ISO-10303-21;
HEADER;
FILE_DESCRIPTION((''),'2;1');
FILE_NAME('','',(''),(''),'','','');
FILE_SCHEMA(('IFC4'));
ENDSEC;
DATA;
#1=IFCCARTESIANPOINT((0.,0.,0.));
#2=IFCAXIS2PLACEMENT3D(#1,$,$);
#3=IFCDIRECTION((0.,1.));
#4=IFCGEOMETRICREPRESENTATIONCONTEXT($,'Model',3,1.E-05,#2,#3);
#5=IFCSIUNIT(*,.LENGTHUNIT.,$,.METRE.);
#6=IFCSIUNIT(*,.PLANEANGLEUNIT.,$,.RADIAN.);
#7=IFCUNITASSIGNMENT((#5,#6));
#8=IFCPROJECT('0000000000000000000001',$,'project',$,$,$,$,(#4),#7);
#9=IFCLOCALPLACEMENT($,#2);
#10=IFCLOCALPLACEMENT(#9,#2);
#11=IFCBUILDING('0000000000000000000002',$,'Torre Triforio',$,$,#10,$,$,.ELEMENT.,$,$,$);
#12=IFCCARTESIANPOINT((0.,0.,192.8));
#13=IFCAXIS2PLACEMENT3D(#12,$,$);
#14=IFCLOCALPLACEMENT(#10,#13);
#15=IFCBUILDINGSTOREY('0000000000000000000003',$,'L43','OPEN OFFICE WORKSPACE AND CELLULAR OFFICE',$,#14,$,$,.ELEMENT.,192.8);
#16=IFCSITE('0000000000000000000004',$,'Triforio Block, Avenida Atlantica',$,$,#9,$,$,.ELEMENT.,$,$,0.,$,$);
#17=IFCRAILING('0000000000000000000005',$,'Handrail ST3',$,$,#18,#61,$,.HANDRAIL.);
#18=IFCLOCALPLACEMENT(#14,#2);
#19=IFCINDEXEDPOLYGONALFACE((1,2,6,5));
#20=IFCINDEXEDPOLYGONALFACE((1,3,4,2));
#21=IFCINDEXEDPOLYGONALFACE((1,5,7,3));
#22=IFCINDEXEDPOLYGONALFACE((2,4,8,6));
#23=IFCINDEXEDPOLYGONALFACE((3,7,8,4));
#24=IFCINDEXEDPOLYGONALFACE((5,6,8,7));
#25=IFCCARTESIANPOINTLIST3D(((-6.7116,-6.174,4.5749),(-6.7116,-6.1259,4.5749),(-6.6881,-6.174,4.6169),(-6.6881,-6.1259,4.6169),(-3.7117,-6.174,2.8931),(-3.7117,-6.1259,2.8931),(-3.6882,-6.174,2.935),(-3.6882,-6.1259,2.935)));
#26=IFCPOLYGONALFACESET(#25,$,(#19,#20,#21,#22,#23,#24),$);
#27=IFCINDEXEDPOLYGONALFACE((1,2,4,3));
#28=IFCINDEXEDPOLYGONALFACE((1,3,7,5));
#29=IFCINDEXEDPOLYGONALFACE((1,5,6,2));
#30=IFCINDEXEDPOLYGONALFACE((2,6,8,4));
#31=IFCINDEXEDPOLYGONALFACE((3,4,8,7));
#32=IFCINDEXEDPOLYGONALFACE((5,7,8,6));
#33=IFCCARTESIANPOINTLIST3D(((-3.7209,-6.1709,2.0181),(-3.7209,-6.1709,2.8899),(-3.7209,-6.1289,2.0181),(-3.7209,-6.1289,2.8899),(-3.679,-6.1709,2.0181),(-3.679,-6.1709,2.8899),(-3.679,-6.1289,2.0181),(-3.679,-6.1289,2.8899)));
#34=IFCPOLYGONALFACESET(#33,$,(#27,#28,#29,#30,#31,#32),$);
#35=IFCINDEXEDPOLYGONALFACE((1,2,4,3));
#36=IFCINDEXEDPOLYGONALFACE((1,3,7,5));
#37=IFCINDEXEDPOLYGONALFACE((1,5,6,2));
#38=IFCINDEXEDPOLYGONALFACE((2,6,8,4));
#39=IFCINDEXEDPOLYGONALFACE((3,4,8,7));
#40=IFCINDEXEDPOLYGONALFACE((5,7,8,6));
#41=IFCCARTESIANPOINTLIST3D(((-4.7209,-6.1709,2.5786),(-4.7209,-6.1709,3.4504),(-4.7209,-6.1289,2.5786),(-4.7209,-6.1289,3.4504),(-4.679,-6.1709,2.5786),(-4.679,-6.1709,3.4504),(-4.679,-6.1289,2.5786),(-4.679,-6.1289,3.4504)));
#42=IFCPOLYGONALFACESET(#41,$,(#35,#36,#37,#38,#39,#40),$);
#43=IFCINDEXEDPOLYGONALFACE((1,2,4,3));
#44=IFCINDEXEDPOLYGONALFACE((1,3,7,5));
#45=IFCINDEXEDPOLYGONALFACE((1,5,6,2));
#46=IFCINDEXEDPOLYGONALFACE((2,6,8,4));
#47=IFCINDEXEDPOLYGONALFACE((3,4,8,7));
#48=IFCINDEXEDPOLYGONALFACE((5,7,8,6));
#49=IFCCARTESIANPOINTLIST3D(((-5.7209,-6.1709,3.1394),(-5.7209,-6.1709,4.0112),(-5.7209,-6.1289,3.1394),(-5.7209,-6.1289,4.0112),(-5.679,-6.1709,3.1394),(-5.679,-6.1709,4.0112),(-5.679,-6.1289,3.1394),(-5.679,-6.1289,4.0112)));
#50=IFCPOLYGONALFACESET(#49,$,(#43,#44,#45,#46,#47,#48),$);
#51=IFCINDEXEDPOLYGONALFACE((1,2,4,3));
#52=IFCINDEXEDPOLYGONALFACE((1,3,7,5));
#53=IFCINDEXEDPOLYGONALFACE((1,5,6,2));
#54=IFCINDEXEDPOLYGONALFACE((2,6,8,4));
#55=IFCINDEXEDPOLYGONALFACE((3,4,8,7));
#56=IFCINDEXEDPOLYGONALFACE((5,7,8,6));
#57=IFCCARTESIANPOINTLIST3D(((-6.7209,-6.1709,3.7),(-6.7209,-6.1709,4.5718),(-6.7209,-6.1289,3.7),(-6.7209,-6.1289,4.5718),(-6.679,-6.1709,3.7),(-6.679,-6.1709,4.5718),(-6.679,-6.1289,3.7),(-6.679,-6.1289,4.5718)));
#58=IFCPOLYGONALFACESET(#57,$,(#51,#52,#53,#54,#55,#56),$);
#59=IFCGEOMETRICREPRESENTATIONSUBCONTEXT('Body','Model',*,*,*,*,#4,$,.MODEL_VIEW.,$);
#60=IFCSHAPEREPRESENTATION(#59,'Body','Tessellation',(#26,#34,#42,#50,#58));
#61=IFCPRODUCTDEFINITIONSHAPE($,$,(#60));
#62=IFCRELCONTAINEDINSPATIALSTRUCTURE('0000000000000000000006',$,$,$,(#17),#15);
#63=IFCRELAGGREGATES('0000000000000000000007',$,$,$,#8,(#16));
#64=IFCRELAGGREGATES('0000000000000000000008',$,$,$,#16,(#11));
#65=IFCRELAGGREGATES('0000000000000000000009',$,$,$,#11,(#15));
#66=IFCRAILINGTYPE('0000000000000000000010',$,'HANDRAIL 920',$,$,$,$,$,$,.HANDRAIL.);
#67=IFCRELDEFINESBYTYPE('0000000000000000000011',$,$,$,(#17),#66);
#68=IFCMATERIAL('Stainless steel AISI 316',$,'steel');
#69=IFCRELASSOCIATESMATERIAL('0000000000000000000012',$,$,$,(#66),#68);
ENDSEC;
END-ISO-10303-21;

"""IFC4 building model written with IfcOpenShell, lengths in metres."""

from ifc_helpers import new_model, si_unit, direction, frame, origin, origin_2d, place, context, subcontext, project, spatial, rectangle, extrude, material, type_object, element, save


model = new_model("IFC4")

# Units and contexts
model_context = context("Model", 3, precision=1e-05, world=origin(), true_north=direction((0.0, 1.0)))
body_context = subcontext(model_context, "Body", "Model", "MODEL_VIEW")
ifc_project = project(units=[si_unit("LENGTHUNIT", "METRE"), si_unit("PLANEANGLEUNIT", "RADIAN")], contexts=[model_context])

# Site, building, storey
site_placement = place(None, origin())
site = spatial("IfcSite", under=ifc_project, at=site_placement, Name="Triforio Block, Avenida Atlantica", CompositionType="ELEMENT", RefElevation=0.0)
building_placement = place(site_placement, origin())
building = spatial("IfcBuilding", under=site, at=building_placement, Name="Torre Triforio", CompositionType="ELEMENT")
storey_placement = place(building_placement, frame((0.0, 0.0, 192.8)))
storey = spatial("IfcBuildingStorey", under=building, at=storey_placement, Name="L43", Description="OPEN OFFICE WORKSPACE AND CELLULAR OFFICE", CompositionType="ELEMENT", Elevation=192.8)

# Railing
ifc_material_1 = material(Name="Stainless steel AISI 316", Category="steel")
railing_type = type_object("IfcRailingType", Name="HANDRAIL 920", PredefinedType="HANDRAIL", material=ifc_material_1)
for number, where, name in (
    (1, (-3.7, -6.1499, 2.0181), "Handrail ST3"),
):
    element("IfcRailing", number, at=place(storey_placement, frame(where)), inside=storey, type_object=railing_type, Name=name, PredefinedType="HANDRAIL", context=body_context, shape_type="SweptSolid", body=[
        extrude(rectangle(XDim=0.0481, YDim=0.0481, at=origin_2d()), frame((0.0, 0.0, 0.896), z_axis=(-0.872272, 0.0, 0.48902), x_axis=(0.0, -1.0, 0.0)), (0.0, 0.0, 1.0), 3.4392),
        extrude(rectangle(XDim=0.042, YDim=0.042, at=origin_2d()), origin(), (0.0, 0.0, 1.0), 0.8718),
        extrude(rectangle(XDim=0.042, YDim=0.042, at=origin_2d()), frame((-1.0, 0.0, 0.5605)), (0.0, 0.0, 1.0), 0.8718),
        extrude(rectangle(XDim=0.042, YDim=0.042, at=origin_2d()), frame((-2.0, 0.0, 1.1213)), (0.0, 0.0, 1.0), 0.8718),
        extrude(rectangle(XDim=0.042, YDim=0.042, at=origin_2d()), frame((-3.0, 0.0, 1.6819)), (0.0, 0.0, 1.0), 0.8718),
    ])

save(model, "model.ifc")
